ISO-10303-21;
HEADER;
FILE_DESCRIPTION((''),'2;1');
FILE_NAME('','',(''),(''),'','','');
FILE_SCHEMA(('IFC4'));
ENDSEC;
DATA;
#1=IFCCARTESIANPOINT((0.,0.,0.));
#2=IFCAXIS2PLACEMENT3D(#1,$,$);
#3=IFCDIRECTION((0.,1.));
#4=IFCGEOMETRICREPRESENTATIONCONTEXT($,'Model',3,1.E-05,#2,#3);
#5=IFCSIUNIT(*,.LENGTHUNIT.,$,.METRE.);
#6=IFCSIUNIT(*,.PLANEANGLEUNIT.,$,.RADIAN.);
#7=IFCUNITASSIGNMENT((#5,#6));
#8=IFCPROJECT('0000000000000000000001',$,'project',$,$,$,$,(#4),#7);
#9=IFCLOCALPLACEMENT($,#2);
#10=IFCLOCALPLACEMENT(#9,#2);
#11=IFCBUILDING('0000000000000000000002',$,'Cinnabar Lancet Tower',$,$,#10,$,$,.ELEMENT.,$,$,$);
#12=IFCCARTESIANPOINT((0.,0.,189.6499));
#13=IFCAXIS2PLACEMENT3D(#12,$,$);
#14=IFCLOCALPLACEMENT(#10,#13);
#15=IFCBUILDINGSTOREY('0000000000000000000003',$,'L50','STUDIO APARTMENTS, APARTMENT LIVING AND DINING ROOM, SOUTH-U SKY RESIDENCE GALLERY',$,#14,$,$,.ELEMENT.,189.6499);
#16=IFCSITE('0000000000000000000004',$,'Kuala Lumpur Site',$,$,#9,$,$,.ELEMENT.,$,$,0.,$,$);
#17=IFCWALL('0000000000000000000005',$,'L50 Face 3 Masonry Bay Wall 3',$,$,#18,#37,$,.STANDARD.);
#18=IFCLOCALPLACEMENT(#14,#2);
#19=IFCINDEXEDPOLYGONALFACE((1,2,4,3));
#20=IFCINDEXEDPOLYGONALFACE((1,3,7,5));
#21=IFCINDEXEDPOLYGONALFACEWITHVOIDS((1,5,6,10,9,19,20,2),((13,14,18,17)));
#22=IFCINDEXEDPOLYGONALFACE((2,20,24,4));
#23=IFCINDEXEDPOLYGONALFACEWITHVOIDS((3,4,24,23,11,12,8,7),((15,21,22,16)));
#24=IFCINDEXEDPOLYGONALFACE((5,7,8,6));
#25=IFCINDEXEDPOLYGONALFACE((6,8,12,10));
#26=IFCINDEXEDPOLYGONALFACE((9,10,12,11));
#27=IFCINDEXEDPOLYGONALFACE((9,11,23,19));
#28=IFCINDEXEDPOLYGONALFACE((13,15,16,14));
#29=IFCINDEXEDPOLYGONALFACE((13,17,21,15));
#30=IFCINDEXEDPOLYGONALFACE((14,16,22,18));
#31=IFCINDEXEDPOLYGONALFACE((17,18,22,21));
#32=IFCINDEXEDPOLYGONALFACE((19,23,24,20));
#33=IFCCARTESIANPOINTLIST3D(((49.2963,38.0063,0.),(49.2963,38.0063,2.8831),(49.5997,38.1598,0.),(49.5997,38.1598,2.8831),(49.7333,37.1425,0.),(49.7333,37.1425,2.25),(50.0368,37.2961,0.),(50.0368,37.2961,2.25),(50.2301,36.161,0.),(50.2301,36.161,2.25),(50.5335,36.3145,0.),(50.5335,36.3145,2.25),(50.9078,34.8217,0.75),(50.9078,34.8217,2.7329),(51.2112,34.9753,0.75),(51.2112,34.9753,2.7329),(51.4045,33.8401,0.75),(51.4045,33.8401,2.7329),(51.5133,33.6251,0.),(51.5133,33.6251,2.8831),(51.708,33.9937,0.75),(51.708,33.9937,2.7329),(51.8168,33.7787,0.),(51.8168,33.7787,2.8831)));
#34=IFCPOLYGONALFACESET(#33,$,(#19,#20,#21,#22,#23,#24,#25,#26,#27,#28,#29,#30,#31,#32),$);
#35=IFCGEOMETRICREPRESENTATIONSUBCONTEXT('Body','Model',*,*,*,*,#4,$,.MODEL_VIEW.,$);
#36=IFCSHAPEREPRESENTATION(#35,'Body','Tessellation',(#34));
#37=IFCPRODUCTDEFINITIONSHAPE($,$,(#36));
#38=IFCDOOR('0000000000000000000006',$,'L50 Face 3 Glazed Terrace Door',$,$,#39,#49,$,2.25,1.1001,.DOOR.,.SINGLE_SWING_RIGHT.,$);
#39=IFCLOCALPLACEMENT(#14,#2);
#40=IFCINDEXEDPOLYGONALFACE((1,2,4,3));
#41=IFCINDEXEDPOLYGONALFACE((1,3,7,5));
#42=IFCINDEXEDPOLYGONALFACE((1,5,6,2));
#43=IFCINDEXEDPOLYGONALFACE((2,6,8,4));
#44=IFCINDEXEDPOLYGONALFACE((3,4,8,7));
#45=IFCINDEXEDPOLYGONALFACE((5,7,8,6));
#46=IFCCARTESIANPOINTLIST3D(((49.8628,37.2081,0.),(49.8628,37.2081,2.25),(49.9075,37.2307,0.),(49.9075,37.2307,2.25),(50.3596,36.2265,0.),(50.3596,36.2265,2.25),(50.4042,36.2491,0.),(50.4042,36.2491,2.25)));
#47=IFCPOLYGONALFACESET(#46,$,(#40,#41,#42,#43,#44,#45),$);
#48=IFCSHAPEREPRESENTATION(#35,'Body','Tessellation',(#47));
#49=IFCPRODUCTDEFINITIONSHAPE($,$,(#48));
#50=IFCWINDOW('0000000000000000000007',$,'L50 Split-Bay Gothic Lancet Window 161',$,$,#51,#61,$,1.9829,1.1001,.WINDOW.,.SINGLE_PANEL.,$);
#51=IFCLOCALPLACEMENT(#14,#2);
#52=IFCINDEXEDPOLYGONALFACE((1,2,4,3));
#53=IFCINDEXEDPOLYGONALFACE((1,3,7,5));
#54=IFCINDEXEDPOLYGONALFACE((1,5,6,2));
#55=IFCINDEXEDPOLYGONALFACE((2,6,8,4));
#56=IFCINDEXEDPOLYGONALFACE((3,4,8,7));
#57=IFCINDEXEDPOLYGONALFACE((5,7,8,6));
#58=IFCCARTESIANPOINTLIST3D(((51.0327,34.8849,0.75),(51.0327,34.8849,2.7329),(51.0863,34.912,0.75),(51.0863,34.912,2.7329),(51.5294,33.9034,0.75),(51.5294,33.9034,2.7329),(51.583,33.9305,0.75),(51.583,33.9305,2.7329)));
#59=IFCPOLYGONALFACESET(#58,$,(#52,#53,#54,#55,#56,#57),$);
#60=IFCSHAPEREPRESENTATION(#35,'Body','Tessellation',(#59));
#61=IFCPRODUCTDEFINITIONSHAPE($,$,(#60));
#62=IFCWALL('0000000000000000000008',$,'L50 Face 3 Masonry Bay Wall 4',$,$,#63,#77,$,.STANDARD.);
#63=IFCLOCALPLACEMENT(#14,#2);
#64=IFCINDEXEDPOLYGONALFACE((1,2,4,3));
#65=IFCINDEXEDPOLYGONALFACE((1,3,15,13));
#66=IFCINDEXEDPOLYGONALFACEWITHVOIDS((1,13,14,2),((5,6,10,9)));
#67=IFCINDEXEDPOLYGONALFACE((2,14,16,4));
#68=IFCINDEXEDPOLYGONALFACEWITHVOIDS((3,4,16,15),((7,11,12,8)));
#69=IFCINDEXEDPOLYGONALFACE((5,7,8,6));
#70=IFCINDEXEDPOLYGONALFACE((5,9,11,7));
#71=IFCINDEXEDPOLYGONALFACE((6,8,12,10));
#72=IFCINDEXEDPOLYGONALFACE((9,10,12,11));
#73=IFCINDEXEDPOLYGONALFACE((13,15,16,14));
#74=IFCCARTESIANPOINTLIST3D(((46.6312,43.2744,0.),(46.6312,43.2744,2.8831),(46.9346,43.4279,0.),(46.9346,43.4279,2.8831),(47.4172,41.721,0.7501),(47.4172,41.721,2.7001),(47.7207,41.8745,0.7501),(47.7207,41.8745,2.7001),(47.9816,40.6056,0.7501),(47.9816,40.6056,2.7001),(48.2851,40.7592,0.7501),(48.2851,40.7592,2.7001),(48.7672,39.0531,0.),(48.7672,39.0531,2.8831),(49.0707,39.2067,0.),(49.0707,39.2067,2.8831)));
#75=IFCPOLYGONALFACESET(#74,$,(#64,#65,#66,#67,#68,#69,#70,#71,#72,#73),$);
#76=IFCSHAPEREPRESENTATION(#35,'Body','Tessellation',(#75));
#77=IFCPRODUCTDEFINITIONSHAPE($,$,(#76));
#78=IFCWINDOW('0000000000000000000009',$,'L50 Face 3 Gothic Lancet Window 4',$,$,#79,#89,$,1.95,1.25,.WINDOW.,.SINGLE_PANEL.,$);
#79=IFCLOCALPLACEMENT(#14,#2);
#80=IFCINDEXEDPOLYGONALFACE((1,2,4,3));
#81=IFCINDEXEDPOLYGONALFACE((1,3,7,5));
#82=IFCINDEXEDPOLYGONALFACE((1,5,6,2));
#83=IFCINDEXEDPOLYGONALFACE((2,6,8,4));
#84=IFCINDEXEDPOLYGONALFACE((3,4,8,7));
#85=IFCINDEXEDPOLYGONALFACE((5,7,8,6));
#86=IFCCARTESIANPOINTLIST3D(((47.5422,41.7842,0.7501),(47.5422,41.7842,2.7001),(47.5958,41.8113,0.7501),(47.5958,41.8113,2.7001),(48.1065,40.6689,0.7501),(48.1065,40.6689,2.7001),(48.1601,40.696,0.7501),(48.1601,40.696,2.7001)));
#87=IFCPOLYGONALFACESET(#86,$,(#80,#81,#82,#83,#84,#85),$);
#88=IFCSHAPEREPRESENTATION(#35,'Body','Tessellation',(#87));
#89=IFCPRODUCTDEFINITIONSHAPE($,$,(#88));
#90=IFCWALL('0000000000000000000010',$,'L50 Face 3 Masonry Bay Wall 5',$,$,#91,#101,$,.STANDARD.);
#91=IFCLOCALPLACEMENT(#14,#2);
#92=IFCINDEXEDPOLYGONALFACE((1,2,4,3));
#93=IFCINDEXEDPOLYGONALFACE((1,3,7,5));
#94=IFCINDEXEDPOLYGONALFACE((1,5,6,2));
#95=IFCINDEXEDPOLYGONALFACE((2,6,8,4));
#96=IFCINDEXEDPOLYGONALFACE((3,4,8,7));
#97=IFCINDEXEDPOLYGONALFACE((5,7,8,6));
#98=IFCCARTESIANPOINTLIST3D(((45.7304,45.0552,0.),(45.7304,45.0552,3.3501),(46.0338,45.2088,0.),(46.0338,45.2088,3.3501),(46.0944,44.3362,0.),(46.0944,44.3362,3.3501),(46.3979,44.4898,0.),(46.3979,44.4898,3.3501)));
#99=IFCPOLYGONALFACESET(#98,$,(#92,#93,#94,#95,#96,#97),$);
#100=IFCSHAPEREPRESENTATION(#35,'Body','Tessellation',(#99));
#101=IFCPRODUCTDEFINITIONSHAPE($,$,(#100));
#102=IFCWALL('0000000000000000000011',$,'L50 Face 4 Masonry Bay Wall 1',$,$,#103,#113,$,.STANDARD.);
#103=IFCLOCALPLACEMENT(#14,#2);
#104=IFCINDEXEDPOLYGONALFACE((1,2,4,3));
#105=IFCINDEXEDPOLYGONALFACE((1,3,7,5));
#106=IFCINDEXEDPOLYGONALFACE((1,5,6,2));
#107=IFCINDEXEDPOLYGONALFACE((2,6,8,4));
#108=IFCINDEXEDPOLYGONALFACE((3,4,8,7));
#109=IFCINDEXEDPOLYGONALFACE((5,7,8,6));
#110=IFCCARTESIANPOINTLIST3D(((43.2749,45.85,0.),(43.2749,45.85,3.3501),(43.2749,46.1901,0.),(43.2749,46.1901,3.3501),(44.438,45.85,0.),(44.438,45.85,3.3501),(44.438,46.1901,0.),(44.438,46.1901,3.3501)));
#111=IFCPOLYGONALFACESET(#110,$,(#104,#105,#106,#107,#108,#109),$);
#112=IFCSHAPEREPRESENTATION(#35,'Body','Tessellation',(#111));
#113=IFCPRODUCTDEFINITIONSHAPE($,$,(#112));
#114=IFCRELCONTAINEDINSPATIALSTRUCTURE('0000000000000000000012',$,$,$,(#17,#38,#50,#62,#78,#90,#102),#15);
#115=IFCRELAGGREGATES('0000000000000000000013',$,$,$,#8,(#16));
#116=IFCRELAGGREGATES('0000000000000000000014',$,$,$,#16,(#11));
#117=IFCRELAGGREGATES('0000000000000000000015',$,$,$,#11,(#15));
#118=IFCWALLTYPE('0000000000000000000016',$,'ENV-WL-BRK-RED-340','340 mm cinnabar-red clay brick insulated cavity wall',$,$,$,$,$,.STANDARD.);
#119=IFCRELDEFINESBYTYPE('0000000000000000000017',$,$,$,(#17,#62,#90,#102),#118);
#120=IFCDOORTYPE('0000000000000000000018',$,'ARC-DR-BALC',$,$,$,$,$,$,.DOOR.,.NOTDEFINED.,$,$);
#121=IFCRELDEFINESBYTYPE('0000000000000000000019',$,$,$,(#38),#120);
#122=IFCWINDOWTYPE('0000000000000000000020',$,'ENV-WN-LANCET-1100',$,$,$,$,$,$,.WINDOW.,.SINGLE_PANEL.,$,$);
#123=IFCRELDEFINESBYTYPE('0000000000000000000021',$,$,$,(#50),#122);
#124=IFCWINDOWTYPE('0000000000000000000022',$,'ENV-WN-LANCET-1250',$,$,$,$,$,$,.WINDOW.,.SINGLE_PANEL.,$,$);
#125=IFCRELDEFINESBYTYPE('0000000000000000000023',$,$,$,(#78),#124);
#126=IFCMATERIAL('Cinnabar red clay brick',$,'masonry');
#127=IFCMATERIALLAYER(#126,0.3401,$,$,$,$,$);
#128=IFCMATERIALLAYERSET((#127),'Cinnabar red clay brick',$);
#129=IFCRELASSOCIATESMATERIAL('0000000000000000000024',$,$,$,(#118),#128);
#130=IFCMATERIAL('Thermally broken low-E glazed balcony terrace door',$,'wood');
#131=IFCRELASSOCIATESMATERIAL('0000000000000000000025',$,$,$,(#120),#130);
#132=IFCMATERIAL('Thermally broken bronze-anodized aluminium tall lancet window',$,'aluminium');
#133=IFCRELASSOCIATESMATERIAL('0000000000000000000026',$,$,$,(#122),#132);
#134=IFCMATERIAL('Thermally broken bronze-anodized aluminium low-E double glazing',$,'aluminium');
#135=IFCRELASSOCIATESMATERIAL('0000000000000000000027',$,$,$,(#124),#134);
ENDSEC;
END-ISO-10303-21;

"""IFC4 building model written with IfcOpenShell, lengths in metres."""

from ifc_helpers import new_model, si_unit, direction, frame, frame_2d, origin, place, context, subcontext, project, spatial, rectangle, extrude, material, layer, layer_set, type_object, element, fill, save


model = new_model("IFC4")

# Units and contexts
model_context = context("Model", 3, precision=1e-05, world=origin(), true_north=direction((0.0, 1.0)))
body_context = subcontext(model_context, "Body", "Model", "MODEL_VIEW")
ifc_project = project(units=[si_unit("LENGTHUNIT", "METRE"), si_unit("PLANEANGLEUNIT", "RADIAN")], contexts=[model_context])

# Site, building, storey
site_placement = place(None, origin())
site = spatial("IfcSite", under=ifc_project, at=site_placement, Name="Kuala Lumpur Site", CompositionType="ELEMENT", RefElevation=0.0)
building_placement = place(site_placement, origin())
building = spatial("IfcBuilding", under=site, at=building_placement, Name="Cinnabar Lancet Tower", CompositionType="ELEMENT")
storey_placement = place(building_placement, frame((0.0, 0.0, 189.6499)))
storey = spatial("IfcBuildingStorey", under=building, at=storey_placement, Name="L50", Description="STUDIO APARTMENTS, APARTMENT LIVING AND DINING ROOM, SOUTH-U SKY RESIDENCE GALLERY", CompositionType="ELEMENT", Elevation=189.6499)

# Shared definitions
ifc_material_1 = material(Name="Cinnabar red clay brick", Category="masonry")
ifc_layer_1 = layer(ifc_material_1, 0.3401)
ifc_layer_set_1 = layer_set([ifc_layer_1], Name="Cinnabar red clay brick")
wall_type_1 = type_object("IfcWallType", Name="ENV-WL-BRK-RED-340", Description="340 mm cinnabar-red clay brick insulated cavity wall", PredefinedType="STANDARD", material=ifc_layer_set_1)

# Wall, openings, door, window
wall_1_placement = place(storey_placement, frame((51.665, 33.7019, 0.0), z_axis=(0.0, 0.0, 1.0), x_axis=(-0.451524, 0.892259, 0.0)))
wall_1 = element("IfcWall", 1, at=wall_1_placement, inside=storey, type_object=wall_type_1, Name="L50 Face 3 Masonry Bay Wall 3", PredefinedType="STANDARD", context=body_context, shape_type="SweptSolid", body=[
    extrude(rectangle(XDim=4.9102, YDim=0.3401, at=frame_2d((2.4551, 0.0))), origin(), (0.0, 0.0, 1.0), 2.8831),
])
opening_1_placement = place(wall_1_placement, frame((2.842, 0.0, 0.0)))
opening_1 = element("IfcOpeningElement", 2, at=opening_1_placement, cuts=wall_1, PredefinedType="OPENING", context=body_context, shape_type="SweptSolid", body=[
    extrude(rectangle(XDim=1.1001, YDim=2.25, at=frame_2d((0.55, 1.125))), frame((0.0, 0.1799, 0.0), z_axis=(0.0, -1.0, 0.0), x_axis=(1.0, 0.0, 0.0)), (0.0, 0.0, 1.0), 0.3601),
])
opening_2_placement = place(wall_1_placement, frame((0.241, 0.0, 0.75)))
opening_2 = element("IfcOpeningElement", 3, at=opening_2_placement, cuts=wall_1, PredefinedType="OPENING", context=body_context, shape_type="SweptSolid", body=[
    extrude(rectangle(XDim=1.1001, YDim=1.9829, at=frame_2d((0.55, 0.9915))), frame((0.0, 0.1799, 0.0), z_axis=(0.0, -1.0, 0.0), x_axis=(1.0, 0.0, 0.0)), (0.0, 0.0, 1.0), 0.3601),
])
ifc_material_2 = material(Name="Thermally broken low-E glazed balcony terrace door", Category="wood")
door_type = type_object("IfcDoorType", Name="ARC-DR-BALC", OperationType="NOTDEFINED", PredefinedType="DOOR", material=ifc_material_2)
door_placement = place(opening_1_placement, origin())
door = element("IfcDoor", 4, at=door_placement, inside=storey, type_object=door_type, Name="L50 Face 3 Glazed Terrace Door", OperationType="SINGLE_SWING_RIGHT", OverallHeight=2.25, OverallWidth=1.1001, PredefinedType="DOOR", context=body_context, shape_type="SweptSolid", body=[
    extrude(rectangle(XDim=1.1001, YDim=2.25, at=frame_2d((0.55, 1.125))), frame((0.0, 0.0249, 0.0), z_axis=(0.0, -1.0, 0.0), x_axis=(1.0, 0.0, 0.0)), (0.0, 0.0, 1.0), 0.05),
])
fill(opening_1, door)
ifc_material_3 = material(Name="Thermally broken bronze-anodized aluminium tall lancet window", Category="aluminium")
window_type_1 = type_object("IfcWindowType", Name="ENV-WN-LANCET-1100", PartitioningType="SINGLE_PANEL", PredefinedType="WINDOW", material=ifc_material_3)
window_1_placement = place(opening_2_placement, origin())
window_1 = element("IfcWindow", 5, at=window_1_placement, inside=storey, type_object=window_type_1, Name="L50 Split-Bay Gothic Lancet Window 161", OverallHeight=1.9829, OverallWidth=1.1001, PartitioningType="SINGLE_PANEL", PredefinedType="WINDOW", context=body_context, shape_type="SweptSolid", body=[
    extrude(rectangle(XDim=1.1001, YDim=1.9829, at=frame_2d((0.55, 0.9915))), frame((0.0, 0.03, 0.0), z_axis=(0.0, -1.0, 0.0), x_axis=(1.0, 0.0, 0.0)), (0.0, 0.0, 1.0), 0.0601),
])
fill(opening_2, window_1)

# Wall, opening, window
wall_2_placement = place(storey_placement, frame((48.9189, 39.1299, 0.0), z_axis=(0.0, 0.0, 1.0), x_axis=(-0.451502, 0.89227, 0.0)))
wall_2 = element("IfcWall", 6, at=wall_2_placement, inside=storey, type_object=wall_type_1, Name="L50 Face 3 Masonry Bay Wall 4", PredefinedType="STANDARD", context=body_context, shape_type="SweptSolid", body=[
    extrude(rectangle(XDim=4.731, YDim=0.3401, at=frame_2d((2.3655, 0.0))), origin(), (0.0, 0.0, 1.0), 2.8831),
])
opening_3_placement = place(wall_2_placement, frame((1.74, 0.0, 0.75)))
opening_3 = element("IfcOpeningElement", 7, at=opening_3_placement, cuts=wall_2, PredefinedType="OPENING", context=body_context, shape_type="SweptSolid", body=[
    extrude(rectangle(XDim=1.25, YDim=1.95, at=frame_2d((0.625, 0.9751))), frame((0.0, 0.1799, 0.0), z_axis=(0.0, -1.0, 0.0), x_axis=(1.0, 0.0, 0.0)), (0.0, 0.0, 1.0), 0.3601),
])
ifc_material_4 = material(Name="Thermally broken bronze-anodized aluminium low-E double glazing", Category="aluminium")
window_type_2 = type_object("IfcWindowType", Name="ENV-WN-LANCET-1250", PartitioningType="SINGLE_PANEL", PredefinedType="WINDOW", material=ifc_material_4)
window_2_placement = place(opening_3_placement, origin())
window_2 = element("IfcWindow", 8, at=window_2_placement, inside=storey, type_object=window_type_2, Name="L50 Face 3 Gothic Lancet Window 4", OverallHeight=1.95, OverallWidth=1.25, PartitioningType="SINGLE_PANEL", PredefinedType="WINDOW", context=body_context, shape_type="SweptSolid", body=[
    extrude(rectangle(XDim=1.25, YDim=1.95, at=frame_2d((0.625, 0.9751))), frame((0.0, 0.03, 0.0), z_axis=(0.0, -1.0, 0.0), x_axis=(1.0, 0.0, 0.0)), (0.0, 0.0, 1.0), 0.0601),
])
fill(opening_3, window_2)

# Walls
wall_3_placement = place(storey_placement, frame((46.2461, 44.4131, 0.0), z_axis=(0.0, 0.0, 1.0), x_axis=(-0.451692, 0.892174, 0.0)))
element("IfcWall", 9, at=wall_3_placement, inside=storey, type_object=wall_type_1, Name="L50 Face 3 Masonry Bay Wall 5", PredefinedType="STANDARD", context=body_context, shape_type="SweptSolid", body=[
    extrude(rectangle(XDim=0.8059, YDim=0.3401, at=frame_2d((0.4028, 0.0))), origin(), (0.0, 0.0, 1.0), 3.3501),
])
wall_4_placement = place(storey_placement, frame((44.438, 46.02, 0.0), z_axis=(0.0, 0.0, 1.0), x_axis=(-1.0, 0.0, 0.0)))
element("IfcWall", 10, at=wall_4_placement, inside=storey, type_object=wall_type_1, Name="L50 Face 4 Masonry Bay Wall 1", PredefinedType="STANDARD", context=body_context, shape_type="SweptSolid", body=[
    extrude(rectangle(XDim=1.1631, YDim=0.3401, at=frame_2d((0.5815, 0.0))), origin(), (0.0, 0.0, 1.0), 3.3501),
])

save(model, "model.ifc")
